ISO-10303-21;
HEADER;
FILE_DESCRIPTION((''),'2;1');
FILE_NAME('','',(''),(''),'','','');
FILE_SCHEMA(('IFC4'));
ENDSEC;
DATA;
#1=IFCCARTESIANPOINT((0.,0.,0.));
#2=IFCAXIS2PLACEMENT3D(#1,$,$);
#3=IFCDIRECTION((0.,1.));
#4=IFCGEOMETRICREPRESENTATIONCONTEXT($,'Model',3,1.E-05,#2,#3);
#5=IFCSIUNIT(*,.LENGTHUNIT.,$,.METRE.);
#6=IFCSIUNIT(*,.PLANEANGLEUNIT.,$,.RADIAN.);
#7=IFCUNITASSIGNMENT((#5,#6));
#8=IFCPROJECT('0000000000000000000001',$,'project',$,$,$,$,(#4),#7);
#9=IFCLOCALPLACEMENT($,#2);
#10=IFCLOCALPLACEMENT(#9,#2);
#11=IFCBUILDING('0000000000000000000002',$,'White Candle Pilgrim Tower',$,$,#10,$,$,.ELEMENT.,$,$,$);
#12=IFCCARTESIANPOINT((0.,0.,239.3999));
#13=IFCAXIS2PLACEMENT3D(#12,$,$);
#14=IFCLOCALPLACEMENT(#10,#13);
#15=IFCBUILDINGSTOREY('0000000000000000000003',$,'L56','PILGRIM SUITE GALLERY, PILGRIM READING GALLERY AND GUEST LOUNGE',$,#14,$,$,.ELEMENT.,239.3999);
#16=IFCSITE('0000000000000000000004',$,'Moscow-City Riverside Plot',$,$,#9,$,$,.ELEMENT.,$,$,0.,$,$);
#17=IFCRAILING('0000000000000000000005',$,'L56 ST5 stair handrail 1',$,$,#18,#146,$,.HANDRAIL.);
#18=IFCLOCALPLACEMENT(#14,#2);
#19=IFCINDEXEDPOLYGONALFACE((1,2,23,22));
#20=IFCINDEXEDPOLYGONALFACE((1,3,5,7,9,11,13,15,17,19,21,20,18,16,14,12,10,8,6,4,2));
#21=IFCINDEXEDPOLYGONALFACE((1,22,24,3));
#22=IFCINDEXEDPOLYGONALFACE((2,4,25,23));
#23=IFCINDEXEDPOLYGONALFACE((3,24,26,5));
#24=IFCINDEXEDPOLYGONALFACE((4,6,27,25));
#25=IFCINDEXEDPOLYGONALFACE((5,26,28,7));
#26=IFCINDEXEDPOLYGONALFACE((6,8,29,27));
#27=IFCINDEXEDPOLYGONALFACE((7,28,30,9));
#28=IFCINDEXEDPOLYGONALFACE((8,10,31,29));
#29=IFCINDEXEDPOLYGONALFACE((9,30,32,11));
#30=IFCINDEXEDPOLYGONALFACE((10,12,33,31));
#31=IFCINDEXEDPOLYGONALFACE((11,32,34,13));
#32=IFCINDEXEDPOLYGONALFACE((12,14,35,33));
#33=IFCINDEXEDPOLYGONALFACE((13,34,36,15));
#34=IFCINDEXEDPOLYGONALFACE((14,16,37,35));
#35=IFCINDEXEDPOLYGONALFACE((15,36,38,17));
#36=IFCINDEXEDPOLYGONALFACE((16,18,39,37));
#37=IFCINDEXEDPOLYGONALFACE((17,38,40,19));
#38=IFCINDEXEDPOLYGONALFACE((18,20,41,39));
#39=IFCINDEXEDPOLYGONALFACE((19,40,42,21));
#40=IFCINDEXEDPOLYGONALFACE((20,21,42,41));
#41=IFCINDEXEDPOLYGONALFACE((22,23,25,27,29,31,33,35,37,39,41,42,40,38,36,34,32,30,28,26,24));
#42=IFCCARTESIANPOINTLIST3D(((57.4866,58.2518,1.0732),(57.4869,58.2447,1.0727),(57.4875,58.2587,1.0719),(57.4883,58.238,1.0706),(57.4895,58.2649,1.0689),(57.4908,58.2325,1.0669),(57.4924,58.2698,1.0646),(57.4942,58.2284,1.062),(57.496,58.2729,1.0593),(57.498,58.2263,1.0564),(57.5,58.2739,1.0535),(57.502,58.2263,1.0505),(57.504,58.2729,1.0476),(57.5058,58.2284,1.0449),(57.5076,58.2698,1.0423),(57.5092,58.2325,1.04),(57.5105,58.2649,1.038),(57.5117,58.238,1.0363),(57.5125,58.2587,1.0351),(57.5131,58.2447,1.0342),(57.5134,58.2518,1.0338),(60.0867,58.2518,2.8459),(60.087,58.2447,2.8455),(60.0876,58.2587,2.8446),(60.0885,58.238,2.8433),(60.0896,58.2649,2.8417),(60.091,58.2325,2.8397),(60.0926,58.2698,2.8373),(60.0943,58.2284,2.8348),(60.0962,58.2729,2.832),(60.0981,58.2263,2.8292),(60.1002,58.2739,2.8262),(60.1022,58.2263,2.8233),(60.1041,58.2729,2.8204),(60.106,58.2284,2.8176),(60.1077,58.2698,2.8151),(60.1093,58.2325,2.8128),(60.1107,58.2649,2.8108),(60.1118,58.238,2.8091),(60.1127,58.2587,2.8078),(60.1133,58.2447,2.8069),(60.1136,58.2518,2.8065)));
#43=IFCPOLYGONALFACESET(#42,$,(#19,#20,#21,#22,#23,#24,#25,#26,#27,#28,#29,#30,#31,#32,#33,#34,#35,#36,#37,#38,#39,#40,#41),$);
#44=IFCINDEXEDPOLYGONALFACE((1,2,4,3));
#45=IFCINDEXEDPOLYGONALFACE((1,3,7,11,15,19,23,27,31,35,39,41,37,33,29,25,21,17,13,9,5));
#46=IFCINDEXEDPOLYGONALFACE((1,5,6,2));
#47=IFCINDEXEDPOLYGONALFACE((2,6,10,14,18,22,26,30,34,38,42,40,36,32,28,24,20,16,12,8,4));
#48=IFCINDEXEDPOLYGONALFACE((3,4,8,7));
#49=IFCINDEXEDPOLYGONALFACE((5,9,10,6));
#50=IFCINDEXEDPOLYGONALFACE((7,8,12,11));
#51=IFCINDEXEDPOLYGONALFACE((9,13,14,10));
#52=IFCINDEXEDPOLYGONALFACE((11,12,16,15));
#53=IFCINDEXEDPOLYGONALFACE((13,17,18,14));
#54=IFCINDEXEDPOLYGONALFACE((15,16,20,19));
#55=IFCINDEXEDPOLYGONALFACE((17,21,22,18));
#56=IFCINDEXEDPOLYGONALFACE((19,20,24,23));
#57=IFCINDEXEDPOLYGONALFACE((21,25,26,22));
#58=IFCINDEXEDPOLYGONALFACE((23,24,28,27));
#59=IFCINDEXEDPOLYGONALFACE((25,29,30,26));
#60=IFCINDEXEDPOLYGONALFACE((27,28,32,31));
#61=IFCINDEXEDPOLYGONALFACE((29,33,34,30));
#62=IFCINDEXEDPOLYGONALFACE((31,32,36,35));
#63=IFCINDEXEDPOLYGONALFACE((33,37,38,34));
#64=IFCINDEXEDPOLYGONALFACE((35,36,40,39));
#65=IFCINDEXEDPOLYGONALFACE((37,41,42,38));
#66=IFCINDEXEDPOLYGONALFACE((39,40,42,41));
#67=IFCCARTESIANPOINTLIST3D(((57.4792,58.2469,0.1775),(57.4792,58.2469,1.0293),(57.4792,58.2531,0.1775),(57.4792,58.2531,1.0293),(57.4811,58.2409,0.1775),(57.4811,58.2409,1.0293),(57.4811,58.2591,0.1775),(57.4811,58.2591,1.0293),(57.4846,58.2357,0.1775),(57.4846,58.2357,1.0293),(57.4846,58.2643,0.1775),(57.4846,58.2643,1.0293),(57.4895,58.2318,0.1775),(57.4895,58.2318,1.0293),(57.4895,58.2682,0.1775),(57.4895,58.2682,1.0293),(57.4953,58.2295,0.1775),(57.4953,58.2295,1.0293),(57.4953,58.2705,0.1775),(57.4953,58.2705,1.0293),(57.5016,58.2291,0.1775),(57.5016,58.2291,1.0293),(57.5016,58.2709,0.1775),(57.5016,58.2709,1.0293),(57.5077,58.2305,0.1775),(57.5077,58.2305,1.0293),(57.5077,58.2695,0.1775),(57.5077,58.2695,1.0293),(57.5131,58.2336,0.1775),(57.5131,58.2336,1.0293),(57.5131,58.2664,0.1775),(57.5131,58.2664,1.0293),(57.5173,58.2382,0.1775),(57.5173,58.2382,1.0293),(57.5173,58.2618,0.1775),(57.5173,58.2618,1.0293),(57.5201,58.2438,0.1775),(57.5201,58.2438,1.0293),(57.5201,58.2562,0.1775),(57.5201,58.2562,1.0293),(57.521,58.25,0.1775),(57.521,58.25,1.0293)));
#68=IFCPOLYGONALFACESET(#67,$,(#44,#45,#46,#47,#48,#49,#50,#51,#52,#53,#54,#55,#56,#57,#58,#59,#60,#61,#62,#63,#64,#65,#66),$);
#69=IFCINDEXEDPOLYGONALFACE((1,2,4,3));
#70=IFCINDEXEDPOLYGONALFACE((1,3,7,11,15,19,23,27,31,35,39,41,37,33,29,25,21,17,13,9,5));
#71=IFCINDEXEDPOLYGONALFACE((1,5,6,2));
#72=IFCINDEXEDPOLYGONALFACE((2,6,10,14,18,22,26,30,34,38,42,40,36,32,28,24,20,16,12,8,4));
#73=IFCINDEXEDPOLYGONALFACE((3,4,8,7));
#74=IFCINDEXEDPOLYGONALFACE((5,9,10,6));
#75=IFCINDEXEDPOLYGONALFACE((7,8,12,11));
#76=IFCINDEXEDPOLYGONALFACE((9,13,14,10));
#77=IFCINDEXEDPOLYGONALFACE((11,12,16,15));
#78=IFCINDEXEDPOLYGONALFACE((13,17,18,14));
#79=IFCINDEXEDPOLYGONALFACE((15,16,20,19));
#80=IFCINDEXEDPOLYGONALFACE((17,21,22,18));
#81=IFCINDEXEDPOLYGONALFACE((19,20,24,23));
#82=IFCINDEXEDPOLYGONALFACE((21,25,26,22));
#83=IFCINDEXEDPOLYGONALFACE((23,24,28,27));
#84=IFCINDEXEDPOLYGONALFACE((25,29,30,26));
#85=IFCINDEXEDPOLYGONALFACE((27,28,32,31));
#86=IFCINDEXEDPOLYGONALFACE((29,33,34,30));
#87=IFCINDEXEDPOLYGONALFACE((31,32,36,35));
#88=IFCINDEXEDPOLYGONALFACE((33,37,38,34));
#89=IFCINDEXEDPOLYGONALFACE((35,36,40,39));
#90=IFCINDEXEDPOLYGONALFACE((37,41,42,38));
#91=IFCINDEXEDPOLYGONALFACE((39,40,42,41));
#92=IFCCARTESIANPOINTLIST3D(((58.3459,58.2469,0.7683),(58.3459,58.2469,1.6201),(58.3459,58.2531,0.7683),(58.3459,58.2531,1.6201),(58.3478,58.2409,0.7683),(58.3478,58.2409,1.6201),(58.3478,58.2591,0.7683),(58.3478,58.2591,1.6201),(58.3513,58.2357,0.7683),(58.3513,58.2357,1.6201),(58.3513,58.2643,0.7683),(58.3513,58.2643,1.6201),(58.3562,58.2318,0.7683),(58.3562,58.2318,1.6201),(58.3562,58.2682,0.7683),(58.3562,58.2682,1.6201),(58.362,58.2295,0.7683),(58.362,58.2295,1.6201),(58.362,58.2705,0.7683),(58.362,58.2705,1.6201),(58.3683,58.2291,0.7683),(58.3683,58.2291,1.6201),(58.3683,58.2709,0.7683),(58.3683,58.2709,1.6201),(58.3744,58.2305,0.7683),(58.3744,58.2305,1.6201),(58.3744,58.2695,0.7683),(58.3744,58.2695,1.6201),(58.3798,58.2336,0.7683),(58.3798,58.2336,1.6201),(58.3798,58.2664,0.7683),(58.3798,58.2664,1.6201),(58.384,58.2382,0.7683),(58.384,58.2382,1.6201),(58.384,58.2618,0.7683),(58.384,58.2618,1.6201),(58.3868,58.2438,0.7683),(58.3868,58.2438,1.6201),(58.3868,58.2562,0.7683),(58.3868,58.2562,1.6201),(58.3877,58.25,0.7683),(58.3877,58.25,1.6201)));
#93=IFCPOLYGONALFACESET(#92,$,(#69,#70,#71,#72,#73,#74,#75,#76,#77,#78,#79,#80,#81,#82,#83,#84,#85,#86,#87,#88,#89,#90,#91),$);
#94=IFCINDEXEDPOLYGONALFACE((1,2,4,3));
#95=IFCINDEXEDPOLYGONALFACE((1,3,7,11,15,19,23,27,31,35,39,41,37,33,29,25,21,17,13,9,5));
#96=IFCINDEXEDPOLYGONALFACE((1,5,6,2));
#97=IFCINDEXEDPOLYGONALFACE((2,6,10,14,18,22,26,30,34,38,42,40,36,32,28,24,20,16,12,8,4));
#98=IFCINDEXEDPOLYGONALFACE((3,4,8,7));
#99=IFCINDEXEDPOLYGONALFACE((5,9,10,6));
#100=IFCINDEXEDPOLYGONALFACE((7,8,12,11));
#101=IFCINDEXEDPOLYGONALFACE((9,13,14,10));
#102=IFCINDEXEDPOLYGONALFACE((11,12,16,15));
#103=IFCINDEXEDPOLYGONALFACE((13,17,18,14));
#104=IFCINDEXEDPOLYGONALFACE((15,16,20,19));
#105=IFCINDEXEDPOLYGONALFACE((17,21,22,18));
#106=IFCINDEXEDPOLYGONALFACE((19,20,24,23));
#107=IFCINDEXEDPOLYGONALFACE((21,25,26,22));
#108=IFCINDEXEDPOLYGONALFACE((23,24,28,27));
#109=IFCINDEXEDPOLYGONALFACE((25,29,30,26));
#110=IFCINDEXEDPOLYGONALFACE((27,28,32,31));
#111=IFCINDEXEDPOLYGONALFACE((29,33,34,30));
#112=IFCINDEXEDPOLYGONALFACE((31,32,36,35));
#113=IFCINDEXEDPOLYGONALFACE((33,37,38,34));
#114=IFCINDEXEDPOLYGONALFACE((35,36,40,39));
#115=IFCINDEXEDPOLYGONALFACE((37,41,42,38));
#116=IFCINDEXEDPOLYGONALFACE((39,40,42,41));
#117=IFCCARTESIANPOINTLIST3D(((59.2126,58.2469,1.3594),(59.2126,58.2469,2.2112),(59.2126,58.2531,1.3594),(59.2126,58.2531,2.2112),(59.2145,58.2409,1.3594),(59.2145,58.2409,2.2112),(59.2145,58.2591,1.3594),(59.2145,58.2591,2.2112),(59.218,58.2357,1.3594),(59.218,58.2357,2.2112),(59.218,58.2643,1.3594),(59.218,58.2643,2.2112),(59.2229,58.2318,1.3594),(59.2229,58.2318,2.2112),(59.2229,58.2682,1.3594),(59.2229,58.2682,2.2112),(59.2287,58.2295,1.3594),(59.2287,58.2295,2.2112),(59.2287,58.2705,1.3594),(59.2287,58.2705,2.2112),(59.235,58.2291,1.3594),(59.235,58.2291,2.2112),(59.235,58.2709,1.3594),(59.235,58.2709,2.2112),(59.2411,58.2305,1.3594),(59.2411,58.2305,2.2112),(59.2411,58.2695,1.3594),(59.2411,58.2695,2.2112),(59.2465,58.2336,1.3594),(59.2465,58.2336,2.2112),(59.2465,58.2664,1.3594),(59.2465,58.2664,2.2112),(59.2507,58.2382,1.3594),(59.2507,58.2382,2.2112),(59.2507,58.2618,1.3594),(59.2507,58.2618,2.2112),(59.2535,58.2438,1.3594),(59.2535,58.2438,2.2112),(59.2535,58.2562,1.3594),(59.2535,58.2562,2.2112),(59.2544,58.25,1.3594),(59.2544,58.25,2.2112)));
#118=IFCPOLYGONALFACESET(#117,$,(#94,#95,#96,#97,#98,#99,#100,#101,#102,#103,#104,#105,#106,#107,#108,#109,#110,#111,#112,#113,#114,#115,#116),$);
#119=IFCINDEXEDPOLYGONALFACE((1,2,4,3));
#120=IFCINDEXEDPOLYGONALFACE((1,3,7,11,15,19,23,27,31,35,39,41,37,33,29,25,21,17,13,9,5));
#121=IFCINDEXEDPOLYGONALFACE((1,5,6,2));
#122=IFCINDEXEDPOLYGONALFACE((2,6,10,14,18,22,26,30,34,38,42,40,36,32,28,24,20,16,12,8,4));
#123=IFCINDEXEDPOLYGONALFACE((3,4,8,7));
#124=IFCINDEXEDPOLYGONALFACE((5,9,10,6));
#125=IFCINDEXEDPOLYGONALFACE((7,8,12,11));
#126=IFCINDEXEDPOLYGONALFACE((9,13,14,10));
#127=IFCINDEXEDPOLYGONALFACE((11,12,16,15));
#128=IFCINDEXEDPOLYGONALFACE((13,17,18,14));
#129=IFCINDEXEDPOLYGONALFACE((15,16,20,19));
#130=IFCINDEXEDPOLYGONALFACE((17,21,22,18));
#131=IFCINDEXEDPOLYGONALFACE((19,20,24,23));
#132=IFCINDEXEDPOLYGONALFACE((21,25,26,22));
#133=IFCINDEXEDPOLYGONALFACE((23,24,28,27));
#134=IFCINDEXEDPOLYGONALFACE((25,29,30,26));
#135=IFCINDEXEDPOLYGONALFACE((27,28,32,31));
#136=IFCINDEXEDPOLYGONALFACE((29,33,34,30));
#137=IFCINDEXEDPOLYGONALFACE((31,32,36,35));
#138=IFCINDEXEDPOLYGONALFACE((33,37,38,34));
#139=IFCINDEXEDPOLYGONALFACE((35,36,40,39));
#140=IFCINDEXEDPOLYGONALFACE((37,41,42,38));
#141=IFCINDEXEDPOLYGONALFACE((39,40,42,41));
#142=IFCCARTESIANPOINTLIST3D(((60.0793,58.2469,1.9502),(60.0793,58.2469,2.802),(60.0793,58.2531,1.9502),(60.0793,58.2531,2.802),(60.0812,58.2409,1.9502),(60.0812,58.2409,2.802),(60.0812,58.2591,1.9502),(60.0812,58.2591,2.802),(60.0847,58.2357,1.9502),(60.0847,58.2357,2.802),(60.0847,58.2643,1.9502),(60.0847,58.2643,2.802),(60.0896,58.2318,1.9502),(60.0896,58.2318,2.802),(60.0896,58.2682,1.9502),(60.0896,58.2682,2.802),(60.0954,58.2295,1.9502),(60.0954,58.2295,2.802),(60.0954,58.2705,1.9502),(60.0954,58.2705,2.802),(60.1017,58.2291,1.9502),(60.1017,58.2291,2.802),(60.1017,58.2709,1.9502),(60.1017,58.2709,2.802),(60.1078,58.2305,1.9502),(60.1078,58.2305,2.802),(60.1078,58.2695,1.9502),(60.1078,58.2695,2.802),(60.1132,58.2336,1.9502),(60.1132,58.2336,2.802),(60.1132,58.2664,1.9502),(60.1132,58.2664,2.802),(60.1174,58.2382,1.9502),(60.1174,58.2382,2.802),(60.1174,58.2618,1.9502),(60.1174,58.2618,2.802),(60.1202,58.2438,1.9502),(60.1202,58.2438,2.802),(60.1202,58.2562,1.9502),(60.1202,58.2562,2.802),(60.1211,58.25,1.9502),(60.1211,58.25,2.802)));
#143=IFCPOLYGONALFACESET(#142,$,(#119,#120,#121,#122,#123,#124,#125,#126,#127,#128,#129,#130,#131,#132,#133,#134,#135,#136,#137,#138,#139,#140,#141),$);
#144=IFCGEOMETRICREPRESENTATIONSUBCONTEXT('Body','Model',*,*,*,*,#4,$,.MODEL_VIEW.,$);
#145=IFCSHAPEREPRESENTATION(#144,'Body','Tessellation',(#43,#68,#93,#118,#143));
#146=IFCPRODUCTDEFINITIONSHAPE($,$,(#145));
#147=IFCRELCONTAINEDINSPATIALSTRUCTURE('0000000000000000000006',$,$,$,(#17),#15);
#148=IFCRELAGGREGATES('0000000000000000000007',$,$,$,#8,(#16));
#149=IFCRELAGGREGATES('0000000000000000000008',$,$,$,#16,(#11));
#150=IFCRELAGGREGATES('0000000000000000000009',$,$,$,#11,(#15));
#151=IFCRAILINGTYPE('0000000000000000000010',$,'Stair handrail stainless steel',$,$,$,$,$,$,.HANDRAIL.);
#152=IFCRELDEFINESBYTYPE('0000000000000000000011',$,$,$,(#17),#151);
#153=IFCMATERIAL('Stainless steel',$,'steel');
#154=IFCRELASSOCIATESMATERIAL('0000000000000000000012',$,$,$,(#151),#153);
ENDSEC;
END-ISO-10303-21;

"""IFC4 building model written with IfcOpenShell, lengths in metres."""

from ifc_helpers import new_model, si_unit, direction, frame, origin, origin_2d, place, context, subcontext, project, spatial, circle, extrude, material, type_object, element, save


model = new_model("IFC4")

# Units and contexts
model_context = context("Model", 3, precision=1e-05, world=origin(), true_north=direction((0.0, 1.0)))
body_context = subcontext(model_context, "Body", "Model", "MODEL_VIEW")
ifc_project = project(units=[si_unit("LENGTHUNIT", "METRE"), si_unit("PLANEANGLEUNIT", "RADIAN")], contexts=[model_context])

# Site, building, storey
site_placement = place(None, origin())
site = spatial("IfcSite", under=ifc_project, at=site_placement, Name="Moscow-City Riverside Plot", CompositionType="ELEMENT", RefElevation=0.0)
building_placement = place(site_placement, origin())
building = spatial("IfcBuilding", under=site, at=building_placement, Name="White Candle Pilgrim Tower", CompositionType="ELEMENT")
storey_placement = place(building_placement, frame((0.0, 0.0, 239.3999)))
storey = spatial("IfcBuildingStorey", under=building, at=storey_placement, Name="L56", Description="PILGRIM SUITE GALLERY, PILGRIM READING GALLERY AND GUEST LOUNGE", CompositionType="ELEMENT", Elevation=239.3999)

# Railing
ifc_material_1 = material(Name="Stainless steel", Category="steel")
railing_type_1 = type_object("IfcRailingType", Name="Stair handrail stainless steel", PredefinedType="HANDRAIL", material=ifc_material_1)
railing_1_placement = place(storey_placement, frame((57.5, 58.25, 0.1775)))
element("IfcRailing", 1, at=railing_1_placement, inside=storey, type_object=railing_type_1, Name="L56 ST5 stair handrail 1", PredefinedType="HANDRAIL", context=body_context, shape_type="SweptSolid", body=[
    extrude(circle(Radius=0.0239, at=origin_2d()), frame((0.0, 0.0, 0.876), z_axis=(0.82624, 0.0, 0.563318), x_axis=(0.0, 1.0, 0.0)), (0.0, 0.0, 1.0), 3.147),
    extrude(circle(Radius=0.021, at=origin_2d()), origin(), (0.0, 0.0, 1.0), 0.8518),
    extrude(circle(Radius=0.021, at=origin_2d()), frame((0.8667, 0.0, 0.5908)), (0.0, 0.0, 1.0), 0.8518),
    extrude(circle(Radius=0.021, at=origin_2d()), frame((1.7334, 0.0, 1.1819)), (0.0, 0.0, 1.0), 0.8518),
    extrude(circle(Radius=0.021, at=origin_2d()), frame((2.6001, 0.0, 1.7727)), (0.0, 0.0, 1.0), 0.8518),
])

save(model, "model.ifc")
